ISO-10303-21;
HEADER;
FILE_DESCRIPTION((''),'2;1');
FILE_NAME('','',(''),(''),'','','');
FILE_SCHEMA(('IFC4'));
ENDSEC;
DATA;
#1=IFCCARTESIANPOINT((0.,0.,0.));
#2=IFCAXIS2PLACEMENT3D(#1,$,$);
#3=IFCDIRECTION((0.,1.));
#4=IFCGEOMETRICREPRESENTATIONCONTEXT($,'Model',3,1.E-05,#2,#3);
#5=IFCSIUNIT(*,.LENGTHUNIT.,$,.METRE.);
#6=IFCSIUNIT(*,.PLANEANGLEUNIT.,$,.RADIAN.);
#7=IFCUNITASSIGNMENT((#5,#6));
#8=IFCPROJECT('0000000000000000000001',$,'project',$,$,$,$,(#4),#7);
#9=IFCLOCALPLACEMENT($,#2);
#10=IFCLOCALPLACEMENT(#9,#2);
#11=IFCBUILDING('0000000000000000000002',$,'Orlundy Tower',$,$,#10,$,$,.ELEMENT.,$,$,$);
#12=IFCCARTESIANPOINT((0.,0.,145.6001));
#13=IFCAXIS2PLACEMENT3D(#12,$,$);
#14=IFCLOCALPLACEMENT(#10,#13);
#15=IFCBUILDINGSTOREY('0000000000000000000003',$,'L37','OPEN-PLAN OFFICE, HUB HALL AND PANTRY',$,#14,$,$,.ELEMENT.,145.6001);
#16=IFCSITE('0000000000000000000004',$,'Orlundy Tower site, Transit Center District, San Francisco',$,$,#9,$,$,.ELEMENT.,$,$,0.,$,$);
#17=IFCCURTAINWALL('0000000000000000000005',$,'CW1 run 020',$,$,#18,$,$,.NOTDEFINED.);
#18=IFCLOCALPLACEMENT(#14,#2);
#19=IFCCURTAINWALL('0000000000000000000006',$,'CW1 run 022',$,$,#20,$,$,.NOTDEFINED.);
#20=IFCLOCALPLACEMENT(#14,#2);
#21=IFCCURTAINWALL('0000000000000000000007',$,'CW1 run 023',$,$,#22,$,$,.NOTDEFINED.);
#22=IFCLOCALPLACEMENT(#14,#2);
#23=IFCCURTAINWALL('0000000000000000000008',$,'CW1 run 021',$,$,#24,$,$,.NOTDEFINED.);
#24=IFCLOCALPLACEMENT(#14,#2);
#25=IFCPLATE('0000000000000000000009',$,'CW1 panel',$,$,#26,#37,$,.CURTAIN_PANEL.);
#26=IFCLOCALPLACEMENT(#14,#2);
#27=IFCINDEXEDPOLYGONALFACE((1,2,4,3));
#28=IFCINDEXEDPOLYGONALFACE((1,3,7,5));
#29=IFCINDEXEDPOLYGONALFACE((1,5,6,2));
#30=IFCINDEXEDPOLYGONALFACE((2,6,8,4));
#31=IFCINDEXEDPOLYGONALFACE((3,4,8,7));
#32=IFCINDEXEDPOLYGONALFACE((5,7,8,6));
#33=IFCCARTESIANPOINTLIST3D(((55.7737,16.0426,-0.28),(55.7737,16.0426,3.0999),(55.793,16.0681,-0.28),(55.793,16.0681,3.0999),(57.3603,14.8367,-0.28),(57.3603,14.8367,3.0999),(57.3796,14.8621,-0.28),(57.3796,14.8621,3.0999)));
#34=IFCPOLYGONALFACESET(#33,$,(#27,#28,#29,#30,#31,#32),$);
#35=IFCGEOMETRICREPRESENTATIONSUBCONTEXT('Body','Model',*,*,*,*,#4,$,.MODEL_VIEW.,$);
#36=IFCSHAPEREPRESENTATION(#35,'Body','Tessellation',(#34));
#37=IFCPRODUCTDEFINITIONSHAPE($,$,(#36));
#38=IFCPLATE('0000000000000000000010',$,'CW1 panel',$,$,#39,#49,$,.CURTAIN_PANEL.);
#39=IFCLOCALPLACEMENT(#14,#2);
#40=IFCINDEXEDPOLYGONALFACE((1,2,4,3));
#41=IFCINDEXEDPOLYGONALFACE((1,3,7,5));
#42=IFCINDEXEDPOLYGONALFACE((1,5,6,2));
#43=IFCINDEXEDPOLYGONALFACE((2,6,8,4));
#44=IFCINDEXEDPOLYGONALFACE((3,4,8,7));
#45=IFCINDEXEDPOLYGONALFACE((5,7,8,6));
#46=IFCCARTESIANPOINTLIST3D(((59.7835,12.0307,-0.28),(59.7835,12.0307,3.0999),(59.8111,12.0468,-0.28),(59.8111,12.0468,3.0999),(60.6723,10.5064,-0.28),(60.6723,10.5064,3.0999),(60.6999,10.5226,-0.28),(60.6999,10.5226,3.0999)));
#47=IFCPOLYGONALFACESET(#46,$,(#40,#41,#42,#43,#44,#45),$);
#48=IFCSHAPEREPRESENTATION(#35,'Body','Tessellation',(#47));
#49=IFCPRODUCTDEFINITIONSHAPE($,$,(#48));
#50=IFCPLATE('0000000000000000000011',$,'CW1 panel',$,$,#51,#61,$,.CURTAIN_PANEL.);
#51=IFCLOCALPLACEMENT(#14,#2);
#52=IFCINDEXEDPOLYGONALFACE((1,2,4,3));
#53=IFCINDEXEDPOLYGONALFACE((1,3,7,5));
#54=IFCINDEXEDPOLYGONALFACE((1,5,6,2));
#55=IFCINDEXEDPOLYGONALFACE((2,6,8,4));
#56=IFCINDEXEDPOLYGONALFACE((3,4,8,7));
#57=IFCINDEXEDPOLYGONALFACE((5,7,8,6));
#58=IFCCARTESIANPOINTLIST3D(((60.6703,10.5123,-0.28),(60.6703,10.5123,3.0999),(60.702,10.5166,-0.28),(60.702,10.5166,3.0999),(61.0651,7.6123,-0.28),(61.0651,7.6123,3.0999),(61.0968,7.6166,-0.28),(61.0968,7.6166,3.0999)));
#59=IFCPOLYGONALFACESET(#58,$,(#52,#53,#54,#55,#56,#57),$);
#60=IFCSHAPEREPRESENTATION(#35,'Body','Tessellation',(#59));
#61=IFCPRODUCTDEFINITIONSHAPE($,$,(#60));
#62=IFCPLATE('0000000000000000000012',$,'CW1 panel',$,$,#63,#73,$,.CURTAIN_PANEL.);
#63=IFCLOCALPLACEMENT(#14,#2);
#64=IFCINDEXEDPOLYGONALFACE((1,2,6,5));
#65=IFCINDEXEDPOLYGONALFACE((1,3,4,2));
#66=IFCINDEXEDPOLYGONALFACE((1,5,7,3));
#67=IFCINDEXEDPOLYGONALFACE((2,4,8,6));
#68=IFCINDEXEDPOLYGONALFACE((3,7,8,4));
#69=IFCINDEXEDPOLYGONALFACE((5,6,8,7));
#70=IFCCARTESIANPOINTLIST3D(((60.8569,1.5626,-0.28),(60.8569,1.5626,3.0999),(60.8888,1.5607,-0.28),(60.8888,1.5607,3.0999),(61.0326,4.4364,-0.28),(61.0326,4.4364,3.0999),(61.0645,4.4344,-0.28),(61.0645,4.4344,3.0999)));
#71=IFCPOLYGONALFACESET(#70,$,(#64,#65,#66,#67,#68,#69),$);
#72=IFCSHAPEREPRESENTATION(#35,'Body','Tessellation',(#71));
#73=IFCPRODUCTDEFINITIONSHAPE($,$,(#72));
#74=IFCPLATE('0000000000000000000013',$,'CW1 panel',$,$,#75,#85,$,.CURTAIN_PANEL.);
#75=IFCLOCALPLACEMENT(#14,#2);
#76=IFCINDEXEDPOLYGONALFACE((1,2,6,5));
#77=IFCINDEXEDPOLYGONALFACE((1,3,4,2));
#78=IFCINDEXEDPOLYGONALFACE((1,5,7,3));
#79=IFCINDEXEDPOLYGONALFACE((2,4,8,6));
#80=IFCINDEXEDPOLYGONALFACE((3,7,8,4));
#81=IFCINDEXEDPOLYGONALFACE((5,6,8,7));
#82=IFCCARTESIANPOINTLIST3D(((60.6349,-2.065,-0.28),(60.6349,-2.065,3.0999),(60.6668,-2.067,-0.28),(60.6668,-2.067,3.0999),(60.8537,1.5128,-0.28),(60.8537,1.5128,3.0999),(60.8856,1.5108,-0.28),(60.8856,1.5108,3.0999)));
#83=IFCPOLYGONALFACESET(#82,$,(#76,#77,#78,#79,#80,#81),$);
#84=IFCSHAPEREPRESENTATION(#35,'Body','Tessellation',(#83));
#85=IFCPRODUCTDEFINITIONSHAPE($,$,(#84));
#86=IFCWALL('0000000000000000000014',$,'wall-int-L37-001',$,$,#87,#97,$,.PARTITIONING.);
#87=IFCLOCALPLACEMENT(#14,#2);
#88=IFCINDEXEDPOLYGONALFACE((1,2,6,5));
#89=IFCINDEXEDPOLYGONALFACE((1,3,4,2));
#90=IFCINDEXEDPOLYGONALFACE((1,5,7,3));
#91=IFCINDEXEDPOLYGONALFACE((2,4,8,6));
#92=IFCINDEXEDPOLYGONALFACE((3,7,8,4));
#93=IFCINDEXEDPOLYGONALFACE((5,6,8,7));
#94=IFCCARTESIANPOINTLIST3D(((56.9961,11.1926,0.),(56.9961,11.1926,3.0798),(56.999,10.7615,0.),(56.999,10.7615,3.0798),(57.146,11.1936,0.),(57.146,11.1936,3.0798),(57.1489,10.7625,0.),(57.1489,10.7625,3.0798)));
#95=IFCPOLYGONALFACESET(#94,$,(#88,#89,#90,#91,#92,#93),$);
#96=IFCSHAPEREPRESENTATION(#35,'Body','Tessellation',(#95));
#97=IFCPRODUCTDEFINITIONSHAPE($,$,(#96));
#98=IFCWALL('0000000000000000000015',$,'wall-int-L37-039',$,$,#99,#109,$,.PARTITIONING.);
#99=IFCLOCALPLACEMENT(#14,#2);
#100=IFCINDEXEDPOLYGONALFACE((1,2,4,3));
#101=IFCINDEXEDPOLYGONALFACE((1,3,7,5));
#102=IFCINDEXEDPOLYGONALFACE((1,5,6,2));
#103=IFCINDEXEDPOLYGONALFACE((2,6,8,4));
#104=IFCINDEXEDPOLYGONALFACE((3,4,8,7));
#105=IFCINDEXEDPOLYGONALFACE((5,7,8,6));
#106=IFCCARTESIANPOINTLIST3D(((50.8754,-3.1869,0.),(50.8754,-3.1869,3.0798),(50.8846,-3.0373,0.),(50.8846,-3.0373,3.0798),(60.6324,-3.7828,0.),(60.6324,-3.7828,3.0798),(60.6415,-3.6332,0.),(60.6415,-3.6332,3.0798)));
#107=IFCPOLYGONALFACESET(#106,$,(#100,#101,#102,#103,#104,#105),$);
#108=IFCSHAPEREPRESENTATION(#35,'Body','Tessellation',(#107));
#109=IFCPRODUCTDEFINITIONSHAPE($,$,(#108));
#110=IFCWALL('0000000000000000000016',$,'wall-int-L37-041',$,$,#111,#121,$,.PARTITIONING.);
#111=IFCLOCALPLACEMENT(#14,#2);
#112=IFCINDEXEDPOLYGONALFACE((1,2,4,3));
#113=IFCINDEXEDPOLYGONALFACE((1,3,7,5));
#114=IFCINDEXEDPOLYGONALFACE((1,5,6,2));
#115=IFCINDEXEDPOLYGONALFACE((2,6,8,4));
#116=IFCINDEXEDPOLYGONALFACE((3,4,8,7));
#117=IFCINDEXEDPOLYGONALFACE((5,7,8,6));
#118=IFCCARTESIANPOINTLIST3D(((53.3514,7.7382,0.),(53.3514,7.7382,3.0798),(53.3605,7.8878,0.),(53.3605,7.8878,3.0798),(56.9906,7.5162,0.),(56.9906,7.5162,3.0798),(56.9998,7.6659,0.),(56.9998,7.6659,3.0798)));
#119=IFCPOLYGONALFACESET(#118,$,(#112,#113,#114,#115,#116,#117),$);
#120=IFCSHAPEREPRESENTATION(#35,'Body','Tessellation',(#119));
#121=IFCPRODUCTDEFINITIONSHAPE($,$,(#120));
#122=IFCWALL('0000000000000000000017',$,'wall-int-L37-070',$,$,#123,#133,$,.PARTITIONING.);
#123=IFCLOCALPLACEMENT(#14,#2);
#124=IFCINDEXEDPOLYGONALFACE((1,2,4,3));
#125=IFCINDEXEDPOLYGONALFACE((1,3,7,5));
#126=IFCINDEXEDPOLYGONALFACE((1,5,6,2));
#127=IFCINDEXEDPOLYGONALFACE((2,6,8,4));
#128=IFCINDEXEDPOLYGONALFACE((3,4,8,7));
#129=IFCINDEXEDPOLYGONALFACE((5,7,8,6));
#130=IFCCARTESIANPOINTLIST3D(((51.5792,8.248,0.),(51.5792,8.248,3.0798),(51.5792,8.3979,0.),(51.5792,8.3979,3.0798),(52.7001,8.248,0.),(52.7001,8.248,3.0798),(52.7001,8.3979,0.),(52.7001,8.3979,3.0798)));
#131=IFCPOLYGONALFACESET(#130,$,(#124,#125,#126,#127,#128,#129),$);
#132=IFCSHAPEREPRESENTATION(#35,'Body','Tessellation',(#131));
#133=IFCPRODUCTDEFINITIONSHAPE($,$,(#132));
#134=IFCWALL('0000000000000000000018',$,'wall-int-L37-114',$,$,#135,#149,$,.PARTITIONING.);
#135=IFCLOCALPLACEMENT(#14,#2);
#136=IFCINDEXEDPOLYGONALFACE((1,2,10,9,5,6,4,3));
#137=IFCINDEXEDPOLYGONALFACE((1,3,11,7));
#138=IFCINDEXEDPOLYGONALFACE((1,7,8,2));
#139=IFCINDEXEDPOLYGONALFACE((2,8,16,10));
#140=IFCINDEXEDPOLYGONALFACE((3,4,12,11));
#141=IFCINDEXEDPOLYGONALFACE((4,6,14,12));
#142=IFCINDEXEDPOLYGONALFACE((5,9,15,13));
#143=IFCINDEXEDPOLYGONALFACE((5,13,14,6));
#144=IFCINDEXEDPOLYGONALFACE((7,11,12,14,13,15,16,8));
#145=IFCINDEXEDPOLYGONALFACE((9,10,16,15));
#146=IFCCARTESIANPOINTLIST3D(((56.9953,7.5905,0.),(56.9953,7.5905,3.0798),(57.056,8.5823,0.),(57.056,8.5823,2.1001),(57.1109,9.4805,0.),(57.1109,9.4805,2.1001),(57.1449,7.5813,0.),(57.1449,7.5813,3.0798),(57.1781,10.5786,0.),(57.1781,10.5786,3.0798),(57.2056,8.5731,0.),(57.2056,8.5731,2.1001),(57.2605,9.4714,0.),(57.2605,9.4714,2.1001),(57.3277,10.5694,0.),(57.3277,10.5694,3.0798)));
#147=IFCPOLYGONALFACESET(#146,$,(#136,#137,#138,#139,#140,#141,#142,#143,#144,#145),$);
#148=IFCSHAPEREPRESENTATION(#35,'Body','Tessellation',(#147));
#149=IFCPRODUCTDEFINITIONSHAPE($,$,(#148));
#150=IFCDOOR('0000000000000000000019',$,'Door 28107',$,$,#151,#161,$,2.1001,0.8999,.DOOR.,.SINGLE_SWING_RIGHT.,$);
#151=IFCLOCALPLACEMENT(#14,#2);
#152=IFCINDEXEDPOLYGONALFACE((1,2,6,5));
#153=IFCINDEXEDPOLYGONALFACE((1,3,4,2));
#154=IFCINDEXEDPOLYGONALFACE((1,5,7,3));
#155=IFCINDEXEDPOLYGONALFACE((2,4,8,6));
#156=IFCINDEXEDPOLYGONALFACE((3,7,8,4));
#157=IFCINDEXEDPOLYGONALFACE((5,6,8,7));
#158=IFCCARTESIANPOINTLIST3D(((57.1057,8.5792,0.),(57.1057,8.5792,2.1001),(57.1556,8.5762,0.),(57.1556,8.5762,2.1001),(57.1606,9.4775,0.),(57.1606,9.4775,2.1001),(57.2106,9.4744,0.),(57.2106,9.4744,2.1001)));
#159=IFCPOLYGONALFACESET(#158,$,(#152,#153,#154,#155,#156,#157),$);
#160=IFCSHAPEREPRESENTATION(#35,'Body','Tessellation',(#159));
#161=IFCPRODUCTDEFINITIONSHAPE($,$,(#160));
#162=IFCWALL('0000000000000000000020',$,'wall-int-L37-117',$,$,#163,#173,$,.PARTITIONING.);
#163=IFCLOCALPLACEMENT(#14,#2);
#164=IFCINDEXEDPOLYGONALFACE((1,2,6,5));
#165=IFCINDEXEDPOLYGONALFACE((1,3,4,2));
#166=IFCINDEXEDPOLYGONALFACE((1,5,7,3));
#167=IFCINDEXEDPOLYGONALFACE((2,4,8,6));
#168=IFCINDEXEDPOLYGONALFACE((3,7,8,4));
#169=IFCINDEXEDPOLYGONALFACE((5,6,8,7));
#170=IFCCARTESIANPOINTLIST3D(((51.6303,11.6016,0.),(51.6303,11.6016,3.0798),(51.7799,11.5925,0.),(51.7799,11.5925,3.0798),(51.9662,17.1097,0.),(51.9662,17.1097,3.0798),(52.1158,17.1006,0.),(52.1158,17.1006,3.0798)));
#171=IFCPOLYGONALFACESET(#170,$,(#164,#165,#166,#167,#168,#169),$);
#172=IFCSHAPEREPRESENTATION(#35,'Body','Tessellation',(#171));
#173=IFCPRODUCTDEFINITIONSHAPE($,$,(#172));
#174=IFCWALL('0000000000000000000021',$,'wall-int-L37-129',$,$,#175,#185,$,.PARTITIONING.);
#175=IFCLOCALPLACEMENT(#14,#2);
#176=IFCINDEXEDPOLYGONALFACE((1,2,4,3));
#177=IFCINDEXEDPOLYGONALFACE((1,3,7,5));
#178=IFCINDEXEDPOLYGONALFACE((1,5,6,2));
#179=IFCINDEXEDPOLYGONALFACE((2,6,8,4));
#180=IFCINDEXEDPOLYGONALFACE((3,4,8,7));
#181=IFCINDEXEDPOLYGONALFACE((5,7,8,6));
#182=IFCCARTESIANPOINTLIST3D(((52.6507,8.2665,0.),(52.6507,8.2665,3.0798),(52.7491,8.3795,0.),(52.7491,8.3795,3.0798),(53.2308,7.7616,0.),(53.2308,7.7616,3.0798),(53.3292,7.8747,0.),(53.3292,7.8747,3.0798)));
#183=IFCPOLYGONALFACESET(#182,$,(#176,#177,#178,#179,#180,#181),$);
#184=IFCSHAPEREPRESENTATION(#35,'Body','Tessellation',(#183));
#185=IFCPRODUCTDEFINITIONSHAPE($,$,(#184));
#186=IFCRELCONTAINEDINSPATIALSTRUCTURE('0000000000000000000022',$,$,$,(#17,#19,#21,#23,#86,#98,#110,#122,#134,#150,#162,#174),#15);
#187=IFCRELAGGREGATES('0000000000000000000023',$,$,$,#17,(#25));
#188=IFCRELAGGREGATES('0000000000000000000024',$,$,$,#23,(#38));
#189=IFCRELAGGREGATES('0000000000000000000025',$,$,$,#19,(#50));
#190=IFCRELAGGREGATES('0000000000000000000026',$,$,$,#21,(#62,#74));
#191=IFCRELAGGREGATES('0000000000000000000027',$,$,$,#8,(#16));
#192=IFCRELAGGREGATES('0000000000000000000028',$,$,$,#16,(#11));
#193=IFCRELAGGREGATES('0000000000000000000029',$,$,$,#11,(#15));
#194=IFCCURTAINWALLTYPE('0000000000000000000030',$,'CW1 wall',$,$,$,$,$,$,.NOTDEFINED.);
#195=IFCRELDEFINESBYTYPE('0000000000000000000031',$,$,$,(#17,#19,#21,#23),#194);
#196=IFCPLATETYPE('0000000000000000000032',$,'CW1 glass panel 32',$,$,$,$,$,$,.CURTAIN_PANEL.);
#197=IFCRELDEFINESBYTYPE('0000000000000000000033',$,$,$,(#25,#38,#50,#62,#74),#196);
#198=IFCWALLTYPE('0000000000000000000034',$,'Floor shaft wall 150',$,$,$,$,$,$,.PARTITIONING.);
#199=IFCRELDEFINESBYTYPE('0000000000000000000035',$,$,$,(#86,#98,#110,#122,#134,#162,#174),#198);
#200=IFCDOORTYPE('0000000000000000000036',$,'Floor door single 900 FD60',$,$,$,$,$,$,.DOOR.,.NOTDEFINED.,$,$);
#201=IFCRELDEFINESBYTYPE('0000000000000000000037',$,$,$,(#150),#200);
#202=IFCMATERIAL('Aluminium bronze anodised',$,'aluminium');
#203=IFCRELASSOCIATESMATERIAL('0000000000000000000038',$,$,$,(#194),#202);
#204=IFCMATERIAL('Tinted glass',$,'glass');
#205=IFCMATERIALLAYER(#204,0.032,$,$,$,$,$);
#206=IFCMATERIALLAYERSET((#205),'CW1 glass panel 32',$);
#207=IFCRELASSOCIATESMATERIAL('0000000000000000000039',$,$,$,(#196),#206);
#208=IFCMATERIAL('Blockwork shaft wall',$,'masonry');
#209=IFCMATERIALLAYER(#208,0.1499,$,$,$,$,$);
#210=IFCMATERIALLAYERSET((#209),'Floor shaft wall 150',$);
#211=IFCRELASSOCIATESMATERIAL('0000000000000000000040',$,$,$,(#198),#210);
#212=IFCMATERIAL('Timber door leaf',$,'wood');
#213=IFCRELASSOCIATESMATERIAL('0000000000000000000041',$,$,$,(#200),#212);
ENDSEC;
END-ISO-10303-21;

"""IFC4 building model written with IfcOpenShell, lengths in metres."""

from ifc_helpers import new_model, si_unit, direction, frame, frame_2d, origin, origin_2d, place, context, subcontext, project, spatial, rectangle, extrude, material, layer, layer_set, type_object, element, fill, aggregate, save


model = new_model("IFC4")

# Units and contexts
model_context = context("Model", 3, precision=1e-05, world=origin(), true_north=direction((0.0, 1.0)))
body_context = subcontext(model_context, "Body", "Model", "MODEL_VIEW")
ifc_project = project(units=[si_unit("LENGTHUNIT", "METRE"), si_unit("PLANEANGLEUNIT", "RADIAN")], contexts=[model_context])

# Site, building, storey
site_placement = place(None, origin())
site = spatial("IfcSite", under=ifc_project, at=site_placement, Name="Orlundy Tower site, Transit Center District, San Francisco", CompositionType="ELEMENT", RefElevation=0.0)
building_placement = place(site_placement, origin())
building = spatial("IfcBuilding", under=site, at=building_placement, Name="Orlundy Tower", CompositionType="ELEMENT")
storey_placement = place(building_placement, frame((0.0, 0.0, 145.6001)))
storey = spatial("IfcBuildingStorey", under=building, at=storey_placement, Name="L37", Description="OPEN-PLAN OFFICE, HUB HALL AND PANTRY", CompositionType="ELEMENT", Elevation=145.6001)

# Curtain walls
ifc_material_1 = material(Name="Aluminium bronze anodised", Category="aluminium")
curtain_wall_type = type_object("IfcCurtainWallType", Name="CW1 wall", PredefinedType="NOTDEFINED", material=ifc_material_1)
curtain_wall_1_placement = place(storey_placement, origin())
curtain_wall_1 = element("IfcCurtainWall", 1, at=curtain_wall_1_placement, inside=storey, type_object=curtain_wall_type, Name="CW1 run 020", PredefinedType="NOTDEFINED")
curtain_wall_2_placement = place(storey_placement, origin())
curtain_wall_2 = element("IfcCurtainWall", 2, at=curtain_wall_2_placement, inside=storey, type_object=curtain_wall_type, Name="CW1 run 022", PredefinedType="NOTDEFINED")
curtain_wall_3_placement = place(storey_placement, origin())
curtain_wall_3 = element("IfcCurtainWall", 3, at=curtain_wall_3_placement, inside=storey, type_object=curtain_wall_type, Name="CW1 run 023", PredefinedType="NOTDEFINED")

# Curtain wall
curtain_wall_4_placement = place(storey_placement, origin())
curtain_wall_4 = element("IfcCurtainWall", 4, at=curtain_wall_4_placement, inside=storey, type_object=curtain_wall_type, Name="CW1 run 021", PredefinedType="NOTDEFINED")

# Plates
ifc_material_2 = material(Name="Tinted glass", Category="glass")
ifc_layer_1 = layer(ifc_material_2, 0.032)
ifc_layer_set_1 = layer_set([ifc_layer_1], Name="CW1 glass panel 32")
plate_type = type_object("IfcPlateType", Name="CW1 glass panel 32", PredefinedType="CURTAIN_PANEL", material=ifc_layer_set_1)
plate_1_placement = place(storey_placement, frame((56.5767, 15.4524, -0.28), z_axis=(0.0, 0.0, 1.0), x_axis=(0.796131, -0.605124, 0.0)))
plate_1 = element("IfcPlate", 5, at=plate_1_placement, type_object=plate_type, Name="CW1 panel", PredefinedType="CURTAIN_PANEL", context=body_context, shape_type="SweptSolid", body=[
    extrude(rectangle(XDim=1.9929, YDim=0.032, at=origin_2d()), origin(), (0.0, 0.0, 1.0), 3.3799),
])
aggregate(curtain_wall_1, [plate_1])
plate_2_placement = place(storey_placement, frame((60.2417, 11.2766, -0.28), z_axis=(0.0, 0.0, 1.0), x_axis=(0.503703, -0.863877, 0.0)))
plate_2 = element("IfcPlate", 6, at=plate_2_placement, type_object=plate_type, Name="CW1 panel", PredefinedType="CURTAIN_PANEL", context=body_context, shape_type="SweptSolid", body=[
    extrude(rectangle(XDim=1.7644, YDim=0.032, at=origin_2d()), origin(), (0.0, 0.0, 1.0), 3.3799),
])
aggregate(curtain_wall_4, [plate_2])
plate_3_placement = place(storey_placement, frame((60.8835, 9.0645, -0.28), z_axis=(0.0, 0.0, 1.0), x_axis=(0.134884, -0.990861, 0.0)))
plate_3 = element("IfcPlate", 7, at=plate_3_placement, type_object=plate_type, Name="CW1 panel", PredefinedType="CURTAIN_PANEL", context=body_context, shape_type="SweptSolid", body=[
    extrude(rectangle(XDim=2.9268, YDim=0.032, at=origin_2d()), origin(), (0.0, 0.0, 1.0), 3.3799),
])
aggregate(curtain_wall_2, [plate_3])
plate_4_placement = place(storey_placement, frame((60.9607, 2.9985, -0.28), z_axis=(0.0, 0.0, 1.0), x_axis=(-0.061047, -0.998135, 0.0)))
plate_4 = element("IfcPlate", 8, at=plate_4_placement, type_object=plate_type, Name="CW1 panel", PredefinedType="CURTAIN_PANEL", context=body_context, shape_type="SweptSolid", body=[
    extrude(rectangle(XDim=2.8792, YDim=0.032, at=origin_2d()), origin(), (0.0, 0.0, 1.0), 3.3799),
])
plate_5_placement = place(storey_placement, frame((60.7603, -0.2771, -0.28), z_axis=(0.0, 0.0, 1.0), x_axis=(-0.061047, -0.998135, 0.0)))
plate_5 = element("IfcPlate", 9, at=plate_5_placement, type_object=plate_type, Name="CW1 panel", PredefinedType="CURTAIN_PANEL", context=body_context, shape_type="SweptSolid", body=[
    extrude(rectangle(XDim=3.5845, YDim=0.032, at=origin_2d()), origin(), (0.0, 0.0, 1.0), 3.3799),
])
aggregate(curtain_wall_3, [plate_4, plate_5])

# Walls
ifc_material_3 = material(Name="Blockwork shaft wall", Category="masonry")
ifc_layer_2 = layer(ifc_material_3, 0.1499)
ifc_layer_set_2 = layer_set([ifc_layer_2], Name="Floor shaft wall 150")
wall_type = type_object("IfcWallType", Name="Floor shaft wall 150", PredefinedType="PARTITIONING", material=ifc_layer_set_2)
wall_1_placement = place(storey_placement, frame((57.071, 11.1931, 0.0), z_axis=(0.0, 0.0, 1.0), x_axis=(0.006795, -0.999977, 0.0)))
element("IfcWall", 10, at=wall_1_placement, inside=storey, type_object=wall_type, Name="wall-int-L37-001", PredefinedType="PARTITIONING", context=body_context, shape_type="SweptSolid", body=[
    extrude(rectangle(XDim=0.4312, YDim=0.1499, at=frame_2d((0.2156, 0.0))), origin(), (0.0, 0.0, 1.0), 3.0798),
])
wall_2_placement = place(storey_placement, frame((50.8799, -3.1121, 0.0), z_axis=(0.0, 0.0, 1.0), x_axis=(0.99814, -0.060965, 0.0)))
element("IfcWall", 11, at=wall_2_placement, inside=storey, type_object=wall_type, Name="wall-int-L37-039", PredefinedType="PARTITIONING", context=body_context, shape_type="SweptSolid", body=[
    extrude(rectangle(XDim=9.7751, YDim=0.1499, at=frame_2d((4.8877, 0.0))), origin(), (0.0, 0.0, 1.0), 3.0798),
])
wall_3_placement = place(storey_placement, frame((53.356, 7.813, 0.0), z_axis=(0.0, 0.0, 1.0), x_axis=(0.998146, -0.060869, 0.0)))
element("IfcWall", 12, at=wall_3_placement, inside=storey, type_object=wall_type, Name="wall-int-L37-041", PredefinedType="PARTITIONING", context=body_context, shape_type="SweptSolid", body=[
    extrude(rectangle(XDim=3.646, YDim=0.1499, at=frame_2d((1.823, 0.0))), origin(), (0.0, 0.0, 1.0), 3.0798),
])
wall_4_placement = place(storey_placement, frame((51.5791, 8.323, 0.0), z_axis=(0.0, 0.0, 1.0), x_axis=(1.0, 0.0, 0.0)))
element("IfcWall", 13, at=wall_4_placement, inside=storey, type_object=wall_type, Name="wall-int-L37-070", PredefinedType="PARTITIONING", context=body_context, shape_type="SweptSolid", body=[
    extrude(rectangle(XDim=1.1208, YDim=0.1499, at=frame_2d((0.5605, 0.0))), origin(), (0.0, 0.0, 1.0), 3.0798),
])

# Wall, opening, door
wall_5_placement = place(storey_placement, frame((57.2529, 10.574, 0.0), z_axis=(0.0, 0.0, 1.0), x_axis=(-0.061084, -0.998133, 0.0)))
wall_5 = element("IfcWall", 14, at=wall_5_placement, inside=storey, type_object=wall_type, Name="wall-int-L37-114", PredefinedType="PARTITIONING", context=body_context, shape_type="SweptSolid", body=[
    extrude(rectangle(XDim=2.9937, YDim=0.1499, at=frame_2d((1.4968, 0.0))), origin(), (0.0, 0.0, 1.0), 3.0798),
])
opening_placement = place(wall_5_placement, frame((1.1001, 0.0, 0.0)))
opening = element("IfcOpeningElement", 15, at=opening_placement, cuts=wall_5, PredefinedType="OPENING", context=body_context, shape_type="SweptSolid", body=[
    extrude(rectangle(XDim=0.8999, YDim=2.1001, at=frame_2d((0.45, 1.05))), frame((0.0, 0.085, 0.0), z_axis=(0.0, -1.0, 0.0), x_axis=(1.0, 0.0, 0.0)), (0.0, 0.0, 1.0), 0.1699),
])
ifc_material_4 = material(Name="Timber door leaf", Category="wood")
door_type = type_object("IfcDoorType", Name="Floor door single 900 FD60", OperationType="NOTDEFINED", PredefinedType="DOOR", material=ifc_material_4)
door_placement = place(opening_placement, origin())
door = element("IfcDoor", 16, at=door_placement, inside=storey, type_object=door_type, Name="Door 28107", OperationType="SINGLE_SWING_RIGHT", OverallHeight=2.1001, OverallWidth=0.8999, PredefinedType="DOOR", context=body_context, shape_type="SweptSolid", body=[
    extrude(rectangle(XDim=0.8999, YDim=2.1001, at=frame_2d((0.45, 1.05))), frame((0.0, 0.0249, 0.0), z_axis=(0.0, -1.0, 0.0), x_axis=(1.0, 0.0, 0.0)), (0.0, 0.0, 1.0), 0.05),
])
fill(opening, door)

# Walls
wall_6_placement = place(storey_placement, frame((51.7051, 11.5969, 0.0), z_axis=(0.0, 0.0, 1.0), x_axis=(0.060877, 0.998145, 0.0)))
element("IfcWall", 17, at=wall_6_placement, inside=storey, type_object=wall_type, Name="wall-int-L37-117", PredefinedType="PARTITIONING", context=body_context, shape_type="SweptSolid", body=[
    extrude(rectangle(XDim=5.5183, YDim=0.1499, at=frame_2d((2.7593, 0.0))), origin(), (0.0, 0.0, 1.0), 3.0798),
])
wall_7_placement = place(storey_placement, frame((53.28, 7.8181, 0.0), z_axis=(0.0, 0.0, 1.0), x_axis=(-0.754305, 0.656524, 0.0)))
element("IfcWall", 18, at=wall_7_placement, inside=storey, type_object=wall_type, Name="wall-int-L37-129", PredefinedType="PARTITIONING", context=body_context, shape_type="SweptSolid", body=[
    extrude(rectangle(XDim=0.769, YDim=0.1499, at=frame_2d((0.3845, 0.0))), origin(), (0.0, 0.0, 1.0), 3.0798),
])

save(model, "model.ifc")
